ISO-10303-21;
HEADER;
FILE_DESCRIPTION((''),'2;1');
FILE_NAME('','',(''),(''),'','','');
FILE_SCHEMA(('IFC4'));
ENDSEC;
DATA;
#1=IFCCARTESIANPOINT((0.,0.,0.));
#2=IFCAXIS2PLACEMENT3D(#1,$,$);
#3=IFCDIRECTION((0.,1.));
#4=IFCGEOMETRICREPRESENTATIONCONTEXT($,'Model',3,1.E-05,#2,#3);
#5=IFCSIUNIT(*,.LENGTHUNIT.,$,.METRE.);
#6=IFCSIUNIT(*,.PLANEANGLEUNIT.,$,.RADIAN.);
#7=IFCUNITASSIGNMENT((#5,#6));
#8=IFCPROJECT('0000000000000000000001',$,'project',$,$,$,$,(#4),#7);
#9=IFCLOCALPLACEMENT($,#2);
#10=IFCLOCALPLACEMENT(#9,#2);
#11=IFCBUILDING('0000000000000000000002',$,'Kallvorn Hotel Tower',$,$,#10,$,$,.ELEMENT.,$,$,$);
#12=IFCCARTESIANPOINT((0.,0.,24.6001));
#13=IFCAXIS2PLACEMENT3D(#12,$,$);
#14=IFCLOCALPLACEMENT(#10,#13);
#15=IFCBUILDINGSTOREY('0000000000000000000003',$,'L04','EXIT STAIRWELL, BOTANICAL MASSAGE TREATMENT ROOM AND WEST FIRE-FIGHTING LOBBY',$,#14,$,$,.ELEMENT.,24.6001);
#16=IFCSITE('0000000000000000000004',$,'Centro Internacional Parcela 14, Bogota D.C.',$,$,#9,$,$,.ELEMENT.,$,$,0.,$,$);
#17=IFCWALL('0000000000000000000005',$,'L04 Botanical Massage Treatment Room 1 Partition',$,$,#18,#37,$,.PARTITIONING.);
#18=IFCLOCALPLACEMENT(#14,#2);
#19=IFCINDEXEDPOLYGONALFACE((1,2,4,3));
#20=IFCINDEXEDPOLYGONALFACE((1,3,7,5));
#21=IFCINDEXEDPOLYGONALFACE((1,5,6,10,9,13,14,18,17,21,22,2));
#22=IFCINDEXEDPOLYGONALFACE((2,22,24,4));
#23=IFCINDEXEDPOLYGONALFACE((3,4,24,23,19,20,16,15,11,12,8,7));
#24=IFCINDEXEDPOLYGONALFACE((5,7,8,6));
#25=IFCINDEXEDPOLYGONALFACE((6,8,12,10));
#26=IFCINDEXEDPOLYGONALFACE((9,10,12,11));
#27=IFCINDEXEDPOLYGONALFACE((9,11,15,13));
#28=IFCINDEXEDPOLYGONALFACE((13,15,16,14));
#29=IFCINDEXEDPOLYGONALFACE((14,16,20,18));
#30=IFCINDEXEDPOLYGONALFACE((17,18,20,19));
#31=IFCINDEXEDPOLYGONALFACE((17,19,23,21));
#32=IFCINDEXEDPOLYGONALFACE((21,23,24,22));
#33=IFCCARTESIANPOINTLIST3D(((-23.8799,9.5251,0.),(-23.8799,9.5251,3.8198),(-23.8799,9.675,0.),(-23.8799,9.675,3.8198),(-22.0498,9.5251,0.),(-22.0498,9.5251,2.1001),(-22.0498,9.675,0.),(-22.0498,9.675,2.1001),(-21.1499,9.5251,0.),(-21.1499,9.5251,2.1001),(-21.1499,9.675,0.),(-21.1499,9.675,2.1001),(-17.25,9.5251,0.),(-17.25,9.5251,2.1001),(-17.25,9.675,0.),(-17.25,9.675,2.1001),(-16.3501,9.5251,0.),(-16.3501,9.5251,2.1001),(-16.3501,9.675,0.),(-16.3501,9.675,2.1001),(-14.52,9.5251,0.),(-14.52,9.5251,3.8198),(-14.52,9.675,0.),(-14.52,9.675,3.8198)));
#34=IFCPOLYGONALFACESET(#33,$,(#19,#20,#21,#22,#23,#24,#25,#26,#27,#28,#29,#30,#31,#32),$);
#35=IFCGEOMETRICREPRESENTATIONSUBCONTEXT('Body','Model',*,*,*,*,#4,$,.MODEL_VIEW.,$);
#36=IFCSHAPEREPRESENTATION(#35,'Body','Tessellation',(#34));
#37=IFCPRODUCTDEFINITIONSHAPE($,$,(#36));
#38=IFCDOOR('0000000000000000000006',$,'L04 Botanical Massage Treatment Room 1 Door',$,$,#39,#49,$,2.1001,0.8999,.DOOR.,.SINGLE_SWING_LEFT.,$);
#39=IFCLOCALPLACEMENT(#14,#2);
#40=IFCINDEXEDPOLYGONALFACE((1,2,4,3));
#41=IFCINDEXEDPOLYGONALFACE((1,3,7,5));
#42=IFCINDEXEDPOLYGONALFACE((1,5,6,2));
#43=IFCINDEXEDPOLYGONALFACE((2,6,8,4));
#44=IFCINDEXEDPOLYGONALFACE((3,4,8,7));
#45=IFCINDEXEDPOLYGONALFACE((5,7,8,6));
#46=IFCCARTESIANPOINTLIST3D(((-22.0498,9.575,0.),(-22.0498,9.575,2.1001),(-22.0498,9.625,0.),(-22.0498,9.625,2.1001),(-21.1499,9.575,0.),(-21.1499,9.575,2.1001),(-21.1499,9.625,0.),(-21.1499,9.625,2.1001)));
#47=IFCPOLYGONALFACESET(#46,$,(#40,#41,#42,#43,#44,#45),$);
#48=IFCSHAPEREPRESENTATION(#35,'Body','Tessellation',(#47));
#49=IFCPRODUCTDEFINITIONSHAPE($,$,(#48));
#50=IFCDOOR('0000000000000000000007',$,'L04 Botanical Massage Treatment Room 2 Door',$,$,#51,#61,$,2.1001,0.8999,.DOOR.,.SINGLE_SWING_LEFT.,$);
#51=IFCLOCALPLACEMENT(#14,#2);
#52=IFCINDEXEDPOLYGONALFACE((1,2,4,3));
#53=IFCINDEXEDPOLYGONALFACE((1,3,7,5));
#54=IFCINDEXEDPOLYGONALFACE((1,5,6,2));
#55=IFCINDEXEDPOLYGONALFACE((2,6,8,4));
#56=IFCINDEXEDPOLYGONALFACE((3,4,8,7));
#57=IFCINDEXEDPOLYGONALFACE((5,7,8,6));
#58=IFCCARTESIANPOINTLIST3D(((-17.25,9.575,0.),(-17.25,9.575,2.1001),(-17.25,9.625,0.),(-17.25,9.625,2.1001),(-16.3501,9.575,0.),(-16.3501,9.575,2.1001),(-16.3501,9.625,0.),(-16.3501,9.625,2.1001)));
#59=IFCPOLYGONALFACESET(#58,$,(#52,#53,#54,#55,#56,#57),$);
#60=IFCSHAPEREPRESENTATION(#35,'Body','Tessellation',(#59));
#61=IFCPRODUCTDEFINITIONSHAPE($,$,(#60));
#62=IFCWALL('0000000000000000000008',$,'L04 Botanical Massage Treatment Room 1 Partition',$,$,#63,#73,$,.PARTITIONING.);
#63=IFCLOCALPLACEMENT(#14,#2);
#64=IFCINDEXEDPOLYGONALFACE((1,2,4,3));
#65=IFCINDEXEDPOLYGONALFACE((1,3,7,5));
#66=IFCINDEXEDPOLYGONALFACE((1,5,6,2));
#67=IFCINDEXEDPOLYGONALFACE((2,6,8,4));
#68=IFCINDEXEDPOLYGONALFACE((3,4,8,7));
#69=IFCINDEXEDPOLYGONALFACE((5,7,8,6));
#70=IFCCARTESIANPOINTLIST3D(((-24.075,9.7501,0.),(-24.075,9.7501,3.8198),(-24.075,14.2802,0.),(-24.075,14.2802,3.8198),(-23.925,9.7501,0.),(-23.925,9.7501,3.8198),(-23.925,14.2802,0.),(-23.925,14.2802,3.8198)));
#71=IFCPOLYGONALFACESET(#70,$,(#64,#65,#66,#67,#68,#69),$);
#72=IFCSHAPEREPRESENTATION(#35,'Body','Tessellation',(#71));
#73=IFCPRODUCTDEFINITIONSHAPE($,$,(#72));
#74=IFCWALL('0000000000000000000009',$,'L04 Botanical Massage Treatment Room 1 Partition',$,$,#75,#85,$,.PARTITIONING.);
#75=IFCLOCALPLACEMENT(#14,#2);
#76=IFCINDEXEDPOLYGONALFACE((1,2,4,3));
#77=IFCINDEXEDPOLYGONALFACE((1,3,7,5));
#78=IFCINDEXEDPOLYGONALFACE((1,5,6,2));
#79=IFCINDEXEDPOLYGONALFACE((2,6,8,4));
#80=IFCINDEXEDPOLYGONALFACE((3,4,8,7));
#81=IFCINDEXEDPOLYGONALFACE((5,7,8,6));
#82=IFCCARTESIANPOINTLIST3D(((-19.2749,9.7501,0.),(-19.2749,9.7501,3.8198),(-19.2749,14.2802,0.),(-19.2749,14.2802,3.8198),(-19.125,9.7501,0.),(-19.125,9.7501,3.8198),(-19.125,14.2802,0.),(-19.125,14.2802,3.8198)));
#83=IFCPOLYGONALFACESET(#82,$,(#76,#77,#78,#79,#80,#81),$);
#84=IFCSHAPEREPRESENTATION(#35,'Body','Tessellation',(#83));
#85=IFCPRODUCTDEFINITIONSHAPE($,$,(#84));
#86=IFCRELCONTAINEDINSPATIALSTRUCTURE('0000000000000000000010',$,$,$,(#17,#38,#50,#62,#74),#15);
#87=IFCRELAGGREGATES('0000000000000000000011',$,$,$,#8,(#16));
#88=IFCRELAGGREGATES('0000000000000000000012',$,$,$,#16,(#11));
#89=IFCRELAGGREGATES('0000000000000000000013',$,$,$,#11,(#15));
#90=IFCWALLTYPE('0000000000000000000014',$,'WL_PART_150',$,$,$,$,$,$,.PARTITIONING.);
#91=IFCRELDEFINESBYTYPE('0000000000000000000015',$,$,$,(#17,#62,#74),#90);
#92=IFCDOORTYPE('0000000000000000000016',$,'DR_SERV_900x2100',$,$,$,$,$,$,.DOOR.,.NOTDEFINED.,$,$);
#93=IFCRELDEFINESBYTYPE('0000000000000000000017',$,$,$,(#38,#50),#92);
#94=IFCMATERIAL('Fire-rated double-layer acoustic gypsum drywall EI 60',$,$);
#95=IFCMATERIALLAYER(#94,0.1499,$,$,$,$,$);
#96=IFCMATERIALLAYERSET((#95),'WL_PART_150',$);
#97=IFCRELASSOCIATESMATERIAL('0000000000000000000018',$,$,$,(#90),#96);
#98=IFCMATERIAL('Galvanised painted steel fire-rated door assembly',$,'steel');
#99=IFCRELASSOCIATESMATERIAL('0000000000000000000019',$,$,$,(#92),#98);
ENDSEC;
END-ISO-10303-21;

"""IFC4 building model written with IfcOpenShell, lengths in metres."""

from ifc_helpers import new_model, si_unit, direction, frame, frame_2d, origin, place, context, subcontext, project, spatial, rectangle, extrude, material, layer, layer_set, type_object, element, fill, save


model = new_model("IFC4")

# Units and contexts
model_context = context("Model", 3, precision=1e-05, world=origin(), true_north=direction((0.0, 1.0)))
body_context = subcontext(model_context, "Body", "Model", "MODEL_VIEW")
ifc_project = project(units=[si_unit("LENGTHUNIT", "METRE"), si_unit("PLANEANGLEUNIT", "RADIAN")], contexts=[model_context])

# Site, building, storey
site_placement = place(None, origin())
site = spatial("IfcSite", under=ifc_project, at=site_placement, Name="Centro Internacional Parcela 14, Bogota D.C.", CompositionType="ELEMENT", RefElevation=0.0)
building_placement = place(site_placement, origin())
building = spatial("IfcBuilding", under=site, at=building_placement, Name="Kallvorn Hotel Tower", CompositionType="ELEMENT")
storey_placement = place(building_placement, frame((0.0, 0.0, 24.6001)))
storey = spatial("IfcBuildingStorey", under=building, at=storey_placement, Name="L04", Description="EXIT STAIRWELL, BOTANICAL MASSAGE TREATMENT ROOM AND WEST FIRE-FIGHTING LOBBY", CompositionType="ELEMENT", Elevation=24.6001)

# Shared definitions
ifc_material_1 = material(Name="Fire-rated double-layer acoustic gypsum drywall EI 60")
ifc_layer_1 = layer(ifc_material_1, 0.1499)
ifc_layer_set_1 = layer_set([ifc_layer_1], Name="WL_PART_150")
wall_type_1 = type_object("IfcWallType", Name="WL_PART_150", PredefinedType="PARTITIONING", material=ifc_layer_set_1)
ifc_material_2 = material(Name="Galvanised painted steel fire-rated door assembly", Category="steel")
door_type = type_object("IfcDoorType", Name="DR_SERV_900x2100", OperationType="NOTDEFINED", PredefinedType="DOOR", material=ifc_material_2)

# Wall, openings, doors
wall_1_placement = place(storey_placement, frame((-23.8799, 9.6001, 0.0), z_axis=(0.0, 0.0, 1.0), x_axis=(1.0, 0.0, 0.0)))
wall_1 = element("IfcWall", 1, at=wall_1_placement, inside=storey, type_object=wall_type_1, Name="L04 Botanical Massage Treatment Room 1 Partition", PredefinedType="PARTITIONING", context=body_context, shape_type="SweptSolid", body=[
    extrude(rectangle(XDim=9.3599, YDim=0.1499, at=frame_2d((4.6799, 0.0))), origin(), (0.0, 0.0, 1.0), 3.8198),
])
opening_1_placement = place(wall_1_placement, frame((1.8301, 0.0, 0.0)))
opening_1 = element("IfcOpeningElement", 2, at=opening_1_placement, cuts=wall_1, PredefinedType="OPENING", context=body_context, shape_type="SweptSolid", body=[
    extrude(rectangle(XDim=0.8999, YDim=2.1001, at=frame_2d((0.45, 1.05))), frame((0.0, 0.0898, 0.0), z_axis=(0.0, -1.0, 0.0), x_axis=(1.0, 0.0, 0.0)), (0.0, 0.0, 1.0), 0.1799),
])
opening_2_placement = place(wall_1_placement, frame((6.6299, 0.0, 0.0)))
opening_2 = element("IfcOpeningElement", 3, at=opening_2_placement, cuts=wall_1, PredefinedType="OPENING", context=body_context, shape_type="SweptSolid", body=[
    extrude(rectangle(XDim=0.8999, YDim=2.1001, at=frame_2d((0.45, 1.05))), frame((0.0, 0.0898, 0.0), z_axis=(0.0, -1.0, 0.0), x_axis=(1.0, 0.0, 0.0)), (0.0, 0.0, 1.0), 0.1799),
])
door_1_placement = place(opening_1_placement, origin())
door_1 = element("IfcDoor", 4, at=door_1_placement, inside=storey, type_object=door_type, Name="L04 Botanical Massage Treatment Room 1 Door", OperationType="SINGLE_SWING_LEFT", OverallHeight=2.1001, OverallWidth=0.8999, PredefinedType="DOOR", context=body_context, shape_type="SweptSolid", body=[
    extrude(rectangle(XDim=0.8999, YDim=2.1001, at=frame_2d((0.45, 1.05))), frame((0.0, 0.0249, 0.0), z_axis=(0.0, -1.0, 0.0), x_axis=(1.0, 0.0, 0.0)), (0.0, 0.0, 1.0), 0.05),
])
fill(opening_1, door_1)
door_2_placement = place(opening_2_placement, origin())
door_2 = element("IfcDoor", 5, at=door_2_placement, inside=storey, type_object=door_type, Name="L04 Botanical Massage Treatment Room 2 Door", OperationType="SINGLE_SWING_LEFT", OverallHeight=2.1001, OverallWidth=0.8999, PredefinedType="DOOR", context=body_context, shape_type="SweptSolid", body=[
    extrude(rectangle(XDim=0.8999, YDim=2.1001, at=frame_2d((0.45, 1.05))), frame((0.0, 0.0249, 0.0), z_axis=(0.0, -1.0, 0.0), x_axis=(1.0, 0.0, 0.0)), (0.0, 0.0, 1.0), 0.05),
])
fill(opening_2, door_2)

# Walls
for number, where, z_axis, x_axis, name in (
    (6, (-24.0, 9.75, 0.0), (0.0, 0.0, 1.0), (0.0, 1.0, 0.0), "L04 Botanical Massage Treatment Room 1 Partition"),
    (7, (-19.2, 9.75, 0.0), (0.0, 0.0, 1.0), (0.0, 1.0, 0.0), "L04 Botanical Massage Treatment Room 1 Partition"),
):
    element("IfcWall", number, at=place(storey_placement, frame(where, z_axis=z_axis, x_axis=x_axis)), inside=storey, type_object=wall_type_1, Name=name, PredefinedType="PARTITIONING", context=body_context, shape_type="SweptSolid", body=[
        extrude(rectangle(XDim=4.53, YDim=0.1499, at=frame_2d((2.2651, 0.0))), origin(), (0.0, 0.0, 1.0), 3.8198),
    ])

save(model, "model.ifc")
